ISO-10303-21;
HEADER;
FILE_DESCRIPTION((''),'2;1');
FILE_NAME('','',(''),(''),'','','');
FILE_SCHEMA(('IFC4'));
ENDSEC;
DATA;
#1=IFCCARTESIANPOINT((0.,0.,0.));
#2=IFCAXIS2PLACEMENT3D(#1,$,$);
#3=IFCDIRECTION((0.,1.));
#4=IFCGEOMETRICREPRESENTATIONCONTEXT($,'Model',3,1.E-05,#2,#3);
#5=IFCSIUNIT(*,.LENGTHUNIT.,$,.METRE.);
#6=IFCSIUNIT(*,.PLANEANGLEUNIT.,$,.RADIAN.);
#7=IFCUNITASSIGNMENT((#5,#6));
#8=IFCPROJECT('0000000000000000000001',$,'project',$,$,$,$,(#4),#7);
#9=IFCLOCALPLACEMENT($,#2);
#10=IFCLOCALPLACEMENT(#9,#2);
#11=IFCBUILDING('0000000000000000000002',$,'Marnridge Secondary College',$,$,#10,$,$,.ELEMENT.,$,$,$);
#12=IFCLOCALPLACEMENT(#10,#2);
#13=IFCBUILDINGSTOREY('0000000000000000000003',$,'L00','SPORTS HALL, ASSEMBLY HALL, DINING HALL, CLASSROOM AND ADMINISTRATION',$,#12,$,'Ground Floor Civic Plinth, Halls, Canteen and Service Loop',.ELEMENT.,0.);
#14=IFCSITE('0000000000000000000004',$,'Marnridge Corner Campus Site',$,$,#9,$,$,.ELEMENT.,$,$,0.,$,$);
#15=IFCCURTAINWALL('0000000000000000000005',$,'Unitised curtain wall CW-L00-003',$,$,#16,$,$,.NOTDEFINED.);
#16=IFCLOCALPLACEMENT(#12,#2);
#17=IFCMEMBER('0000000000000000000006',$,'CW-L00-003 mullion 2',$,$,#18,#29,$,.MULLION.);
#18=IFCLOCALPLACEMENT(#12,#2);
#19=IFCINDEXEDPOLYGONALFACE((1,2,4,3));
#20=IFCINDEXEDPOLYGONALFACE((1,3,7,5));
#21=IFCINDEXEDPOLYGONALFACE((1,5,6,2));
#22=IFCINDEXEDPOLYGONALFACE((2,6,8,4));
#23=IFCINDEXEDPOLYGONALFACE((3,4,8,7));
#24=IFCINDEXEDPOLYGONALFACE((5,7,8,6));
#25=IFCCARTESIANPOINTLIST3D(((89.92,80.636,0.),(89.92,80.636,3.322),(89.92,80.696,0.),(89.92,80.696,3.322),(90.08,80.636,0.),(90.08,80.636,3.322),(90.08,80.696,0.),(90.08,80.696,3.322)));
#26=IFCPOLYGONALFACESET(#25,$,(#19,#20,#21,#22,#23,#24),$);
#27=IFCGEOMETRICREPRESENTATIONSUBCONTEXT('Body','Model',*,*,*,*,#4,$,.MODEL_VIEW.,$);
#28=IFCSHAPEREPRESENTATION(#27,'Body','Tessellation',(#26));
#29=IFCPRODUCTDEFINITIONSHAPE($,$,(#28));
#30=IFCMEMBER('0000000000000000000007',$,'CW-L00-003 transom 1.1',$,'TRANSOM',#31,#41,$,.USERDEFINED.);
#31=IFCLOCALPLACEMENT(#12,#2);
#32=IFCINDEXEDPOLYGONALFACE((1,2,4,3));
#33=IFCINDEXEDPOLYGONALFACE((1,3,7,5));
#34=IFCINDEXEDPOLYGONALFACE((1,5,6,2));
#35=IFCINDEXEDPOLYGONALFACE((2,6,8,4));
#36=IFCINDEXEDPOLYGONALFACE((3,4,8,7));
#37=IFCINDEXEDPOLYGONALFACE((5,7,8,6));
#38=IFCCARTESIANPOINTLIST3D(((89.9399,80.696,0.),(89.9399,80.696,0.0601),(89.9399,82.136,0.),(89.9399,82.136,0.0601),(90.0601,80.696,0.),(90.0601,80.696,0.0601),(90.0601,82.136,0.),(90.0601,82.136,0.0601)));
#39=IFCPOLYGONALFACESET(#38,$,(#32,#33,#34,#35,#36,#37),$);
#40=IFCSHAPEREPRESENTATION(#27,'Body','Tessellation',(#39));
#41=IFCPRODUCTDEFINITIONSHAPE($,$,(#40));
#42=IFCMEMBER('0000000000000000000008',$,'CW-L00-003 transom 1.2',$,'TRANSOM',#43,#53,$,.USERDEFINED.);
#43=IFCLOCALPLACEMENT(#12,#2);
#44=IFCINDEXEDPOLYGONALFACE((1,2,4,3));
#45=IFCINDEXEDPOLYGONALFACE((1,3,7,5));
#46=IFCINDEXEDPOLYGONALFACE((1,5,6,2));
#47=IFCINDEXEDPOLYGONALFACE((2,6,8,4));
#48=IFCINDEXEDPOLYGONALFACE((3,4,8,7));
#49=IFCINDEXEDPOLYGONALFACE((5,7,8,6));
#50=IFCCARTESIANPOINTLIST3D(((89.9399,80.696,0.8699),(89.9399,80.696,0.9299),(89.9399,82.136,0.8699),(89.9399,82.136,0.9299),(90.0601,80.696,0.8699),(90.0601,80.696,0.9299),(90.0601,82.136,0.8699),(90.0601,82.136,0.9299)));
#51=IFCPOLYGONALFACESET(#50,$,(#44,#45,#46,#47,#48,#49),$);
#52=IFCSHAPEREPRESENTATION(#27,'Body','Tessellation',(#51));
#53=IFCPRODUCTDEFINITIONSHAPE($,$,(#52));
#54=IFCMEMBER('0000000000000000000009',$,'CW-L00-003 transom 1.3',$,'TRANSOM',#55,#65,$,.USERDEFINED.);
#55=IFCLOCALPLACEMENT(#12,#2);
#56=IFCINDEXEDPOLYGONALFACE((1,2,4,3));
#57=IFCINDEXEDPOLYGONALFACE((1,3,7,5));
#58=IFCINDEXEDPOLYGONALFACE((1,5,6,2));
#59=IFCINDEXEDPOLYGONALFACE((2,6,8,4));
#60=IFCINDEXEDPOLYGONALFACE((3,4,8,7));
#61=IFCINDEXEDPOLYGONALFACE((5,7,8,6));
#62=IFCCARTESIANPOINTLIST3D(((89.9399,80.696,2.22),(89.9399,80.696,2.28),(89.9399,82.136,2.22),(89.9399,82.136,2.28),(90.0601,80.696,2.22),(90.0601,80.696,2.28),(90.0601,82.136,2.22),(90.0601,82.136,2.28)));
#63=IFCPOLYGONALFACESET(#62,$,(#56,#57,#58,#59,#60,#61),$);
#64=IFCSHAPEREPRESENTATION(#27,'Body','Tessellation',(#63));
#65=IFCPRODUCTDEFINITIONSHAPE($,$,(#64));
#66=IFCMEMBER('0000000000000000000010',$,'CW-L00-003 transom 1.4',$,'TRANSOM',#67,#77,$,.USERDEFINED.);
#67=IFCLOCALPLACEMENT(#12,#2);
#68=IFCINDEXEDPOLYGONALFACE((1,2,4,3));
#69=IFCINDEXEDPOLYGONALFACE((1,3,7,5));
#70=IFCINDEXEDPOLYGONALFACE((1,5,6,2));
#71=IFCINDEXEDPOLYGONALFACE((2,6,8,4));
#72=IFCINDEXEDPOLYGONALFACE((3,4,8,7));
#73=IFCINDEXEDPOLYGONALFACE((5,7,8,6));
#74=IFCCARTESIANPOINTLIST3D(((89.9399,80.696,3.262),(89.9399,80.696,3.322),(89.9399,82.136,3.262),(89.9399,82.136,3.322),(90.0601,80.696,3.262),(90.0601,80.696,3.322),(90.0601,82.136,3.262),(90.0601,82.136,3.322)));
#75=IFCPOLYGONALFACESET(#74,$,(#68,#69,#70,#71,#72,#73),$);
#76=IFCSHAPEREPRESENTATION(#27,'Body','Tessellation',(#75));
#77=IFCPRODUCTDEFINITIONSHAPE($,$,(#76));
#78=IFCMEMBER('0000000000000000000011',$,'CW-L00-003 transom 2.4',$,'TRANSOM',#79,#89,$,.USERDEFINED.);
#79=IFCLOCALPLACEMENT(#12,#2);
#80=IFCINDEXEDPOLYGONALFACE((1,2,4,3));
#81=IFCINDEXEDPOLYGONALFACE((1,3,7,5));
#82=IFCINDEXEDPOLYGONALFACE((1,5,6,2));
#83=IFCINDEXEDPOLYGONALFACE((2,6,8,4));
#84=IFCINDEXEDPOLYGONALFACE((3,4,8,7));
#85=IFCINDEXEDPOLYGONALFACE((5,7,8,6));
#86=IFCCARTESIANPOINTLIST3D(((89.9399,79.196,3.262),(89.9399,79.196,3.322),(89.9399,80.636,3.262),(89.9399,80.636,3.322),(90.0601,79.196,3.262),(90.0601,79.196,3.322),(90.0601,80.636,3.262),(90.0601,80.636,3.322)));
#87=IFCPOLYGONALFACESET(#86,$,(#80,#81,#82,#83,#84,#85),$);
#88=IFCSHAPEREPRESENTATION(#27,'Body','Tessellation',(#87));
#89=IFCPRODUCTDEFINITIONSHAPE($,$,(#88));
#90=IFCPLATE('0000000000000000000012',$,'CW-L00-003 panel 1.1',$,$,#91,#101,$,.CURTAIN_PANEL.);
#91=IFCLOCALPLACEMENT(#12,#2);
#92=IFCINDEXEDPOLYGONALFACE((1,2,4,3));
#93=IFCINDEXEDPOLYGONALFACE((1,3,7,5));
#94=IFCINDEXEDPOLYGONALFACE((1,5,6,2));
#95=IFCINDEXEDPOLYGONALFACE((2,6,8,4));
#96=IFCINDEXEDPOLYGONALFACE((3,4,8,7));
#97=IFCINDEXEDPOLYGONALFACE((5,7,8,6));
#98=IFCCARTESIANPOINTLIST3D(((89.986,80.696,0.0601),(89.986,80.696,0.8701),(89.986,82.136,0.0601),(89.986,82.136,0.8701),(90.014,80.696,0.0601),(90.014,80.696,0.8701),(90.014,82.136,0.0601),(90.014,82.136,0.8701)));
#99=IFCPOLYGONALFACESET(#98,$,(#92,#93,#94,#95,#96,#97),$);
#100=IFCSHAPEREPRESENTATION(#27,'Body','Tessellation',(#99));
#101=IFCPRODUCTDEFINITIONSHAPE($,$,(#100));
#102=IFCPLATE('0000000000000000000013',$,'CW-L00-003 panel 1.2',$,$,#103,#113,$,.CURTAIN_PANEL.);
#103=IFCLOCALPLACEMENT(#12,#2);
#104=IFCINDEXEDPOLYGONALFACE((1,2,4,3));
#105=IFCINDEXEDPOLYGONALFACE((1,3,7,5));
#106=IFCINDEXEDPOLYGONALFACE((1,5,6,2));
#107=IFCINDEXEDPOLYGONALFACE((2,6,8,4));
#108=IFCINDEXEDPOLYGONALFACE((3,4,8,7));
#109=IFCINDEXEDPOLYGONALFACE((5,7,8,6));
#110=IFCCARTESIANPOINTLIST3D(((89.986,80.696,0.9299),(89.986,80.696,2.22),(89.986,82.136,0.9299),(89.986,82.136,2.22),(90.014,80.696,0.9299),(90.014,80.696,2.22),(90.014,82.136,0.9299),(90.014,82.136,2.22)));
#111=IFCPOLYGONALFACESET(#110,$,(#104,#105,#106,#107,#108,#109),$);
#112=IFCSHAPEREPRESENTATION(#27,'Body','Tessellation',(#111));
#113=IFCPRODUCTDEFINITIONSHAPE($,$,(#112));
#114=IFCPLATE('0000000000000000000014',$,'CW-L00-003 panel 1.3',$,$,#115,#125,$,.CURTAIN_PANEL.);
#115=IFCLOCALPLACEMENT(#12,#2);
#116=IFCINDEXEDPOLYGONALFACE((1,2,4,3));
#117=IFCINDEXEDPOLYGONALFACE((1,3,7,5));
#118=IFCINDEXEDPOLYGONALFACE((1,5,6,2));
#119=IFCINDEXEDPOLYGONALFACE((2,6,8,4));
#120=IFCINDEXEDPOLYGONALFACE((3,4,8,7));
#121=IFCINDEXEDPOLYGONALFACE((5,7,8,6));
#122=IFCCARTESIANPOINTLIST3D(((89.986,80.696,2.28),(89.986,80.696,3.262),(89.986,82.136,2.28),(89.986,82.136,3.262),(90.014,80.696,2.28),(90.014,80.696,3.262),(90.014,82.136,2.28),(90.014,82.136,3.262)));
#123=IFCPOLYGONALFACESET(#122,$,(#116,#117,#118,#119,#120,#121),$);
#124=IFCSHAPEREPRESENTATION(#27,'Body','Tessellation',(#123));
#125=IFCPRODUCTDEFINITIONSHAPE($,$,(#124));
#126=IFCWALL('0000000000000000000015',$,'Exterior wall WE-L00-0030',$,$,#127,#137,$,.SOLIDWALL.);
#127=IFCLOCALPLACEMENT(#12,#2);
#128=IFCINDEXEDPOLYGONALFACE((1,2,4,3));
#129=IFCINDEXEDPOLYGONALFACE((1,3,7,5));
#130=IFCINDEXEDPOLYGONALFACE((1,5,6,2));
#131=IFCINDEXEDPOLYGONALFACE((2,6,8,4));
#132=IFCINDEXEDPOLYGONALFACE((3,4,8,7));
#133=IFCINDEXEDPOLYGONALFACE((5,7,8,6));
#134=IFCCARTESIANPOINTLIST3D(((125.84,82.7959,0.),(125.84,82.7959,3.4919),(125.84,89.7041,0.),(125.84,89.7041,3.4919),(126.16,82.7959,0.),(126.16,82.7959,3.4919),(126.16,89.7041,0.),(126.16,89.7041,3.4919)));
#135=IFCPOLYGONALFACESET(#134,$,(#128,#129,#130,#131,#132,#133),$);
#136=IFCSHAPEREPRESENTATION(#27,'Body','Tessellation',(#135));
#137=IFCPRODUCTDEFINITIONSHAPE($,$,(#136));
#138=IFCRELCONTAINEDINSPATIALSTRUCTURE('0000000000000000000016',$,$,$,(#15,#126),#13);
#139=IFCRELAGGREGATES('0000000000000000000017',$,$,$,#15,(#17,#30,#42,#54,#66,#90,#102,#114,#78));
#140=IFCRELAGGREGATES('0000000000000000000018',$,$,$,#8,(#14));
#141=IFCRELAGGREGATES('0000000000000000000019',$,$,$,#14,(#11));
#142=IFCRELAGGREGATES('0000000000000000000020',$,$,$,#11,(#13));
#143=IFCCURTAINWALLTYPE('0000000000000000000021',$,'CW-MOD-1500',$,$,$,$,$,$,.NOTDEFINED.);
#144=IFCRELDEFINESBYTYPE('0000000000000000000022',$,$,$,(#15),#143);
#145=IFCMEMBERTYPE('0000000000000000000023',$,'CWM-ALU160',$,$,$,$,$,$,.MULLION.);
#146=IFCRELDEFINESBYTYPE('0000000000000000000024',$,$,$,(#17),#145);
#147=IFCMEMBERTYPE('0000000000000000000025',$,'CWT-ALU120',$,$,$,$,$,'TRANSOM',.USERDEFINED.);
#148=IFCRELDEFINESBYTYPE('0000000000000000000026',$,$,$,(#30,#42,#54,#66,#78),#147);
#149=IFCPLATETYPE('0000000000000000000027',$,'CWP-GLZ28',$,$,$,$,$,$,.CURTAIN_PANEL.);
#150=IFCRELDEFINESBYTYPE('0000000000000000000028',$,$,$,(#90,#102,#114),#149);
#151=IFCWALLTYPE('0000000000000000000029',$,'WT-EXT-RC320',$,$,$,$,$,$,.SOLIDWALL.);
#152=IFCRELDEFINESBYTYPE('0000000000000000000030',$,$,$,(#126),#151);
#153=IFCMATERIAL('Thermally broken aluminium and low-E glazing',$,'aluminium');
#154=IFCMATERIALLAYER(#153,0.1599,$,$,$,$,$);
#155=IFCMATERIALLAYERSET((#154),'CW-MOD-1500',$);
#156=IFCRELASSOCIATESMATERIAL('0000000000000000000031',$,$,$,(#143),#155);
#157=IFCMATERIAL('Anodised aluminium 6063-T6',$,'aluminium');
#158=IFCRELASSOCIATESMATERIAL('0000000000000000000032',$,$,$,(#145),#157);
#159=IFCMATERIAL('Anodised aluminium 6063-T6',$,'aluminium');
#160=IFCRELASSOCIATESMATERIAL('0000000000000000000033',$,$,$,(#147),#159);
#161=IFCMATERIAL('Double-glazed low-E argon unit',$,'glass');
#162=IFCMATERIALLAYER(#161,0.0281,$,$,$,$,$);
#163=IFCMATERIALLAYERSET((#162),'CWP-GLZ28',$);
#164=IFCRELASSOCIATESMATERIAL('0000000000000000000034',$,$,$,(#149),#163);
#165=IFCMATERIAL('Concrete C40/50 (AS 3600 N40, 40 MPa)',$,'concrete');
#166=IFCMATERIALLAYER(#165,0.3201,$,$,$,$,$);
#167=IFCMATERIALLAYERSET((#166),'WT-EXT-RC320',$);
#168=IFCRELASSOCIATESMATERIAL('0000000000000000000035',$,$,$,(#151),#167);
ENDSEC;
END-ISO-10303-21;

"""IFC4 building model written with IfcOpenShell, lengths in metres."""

from ifc_helpers import new_model, si_unit, direction, frame, frame_2d, origin, origin_2d, place, context, subcontext, project, spatial, rectangle, extrude, material, layer, layer_set, material_profile, profile_set, type_object, element, aggregate, save


model = new_model("IFC4")

# Units and contexts
model_context = context("Model", 3, precision=1e-05, world=origin(), true_north=direction((0.0, 1.0)))
body_context = subcontext(model_context, "Body", "Model", "MODEL_VIEW")
ifc_project = project(units=[si_unit("LENGTHUNIT", "METRE"), si_unit("PLANEANGLEUNIT", "RADIAN")], contexts=[model_context])

# Site, building, storey
site_placement = place(None, origin())
site = spatial("IfcSite", under=ifc_project, at=site_placement, Name="Marnridge Corner Campus Site", CompositionType="ELEMENT", RefElevation=0.0)
building_placement = place(site_placement, origin())
building = spatial("IfcBuilding", under=site, at=building_placement, Name="Marnridge Secondary College", CompositionType="ELEMENT")
storey_placement = place(building_placement, origin())
storey = spatial("IfcBuildingStorey", under=building, at=storey_placement, Name="L00", Description="SPORTS HALL, ASSEMBLY HALL, DINING HALL, CLASSROOM AND ADMINISTRATION", LongName="Ground Floor Civic Plinth, Halls, Canteen and Service Loop", CompositionType="ELEMENT", Elevation=0.0)

# Curtain wall, members, plates
ifc_material_1 = material(Name="Thermally broken aluminium and low-E glazing", Category="aluminium")
ifc_layer_1 = layer(ifc_material_1, 0.1599)
ifc_layer_set_1 = layer_set([ifc_layer_1], Name="CW-MOD-1500")
curtain_wall_type = type_object("IfcCurtainWallType", Name="CW-MOD-1500", PredefinedType="NOTDEFINED", material=ifc_layer_set_1)
curtain_wall_placement = place(storey_placement, origin())
curtain_wall = element("IfcCurtainWall", 1, at=curtain_wall_placement, inside=storey, type_object=curtain_wall_type, Name="Unitised curtain wall CW-L00-003", PredefinedType="NOTDEFINED")
ifc_material_2 = material(Name="Anodised aluminium 6063-T6", Category="aluminium")
ifc_material_profile_1 = material_profile(ifc_material_2, rectangle(XDim=0.0601, YDim=0.1599, at=origin_2d()), Name="ALU 60x160")
ifc_profile_set_1 = profile_set([ifc_material_profile_1], Name="Anodised aluminium 6063-T6")
member_type_1 = type_object("IfcMemberType", Name="CWM-ALU160", PredefinedType="MULLION", material=ifc_profile_set_1)
member_1_placement = place(storey_placement, frame((90.0, 80.666, 0.0), z_axis=(0.0, 0.0, 1.0), x_axis=(0.0, -1.0, 0.0)))
member_1 = element("IfcMember", 2, at=member_1_placement, type_object=member_type_1, Name="CW-L00-003 mullion 2", PredefinedType="MULLION", context=body_context, shape_type="SweptSolid", body=[
    extrude(rectangle(XDim=0.0601, YDim=0.1599, at=origin_2d()), origin(), (0.0, 0.0, 1.0), 3.322),
])
ifc_material_3 = material(Name="Anodised aluminium 6063-T6", Category="aluminium")
ifc_material_profile_2 = material_profile(ifc_material_3, rectangle(XDim=0.0601, YDim=0.1201, at=origin_2d()), Name="ALU 60x120")
ifc_profile_set_2 = profile_set([ifc_material_profile_2], Name="Anodised aluminium 6063-T6")
member_type_2 = type_object("IfcMemberType", Name="CWT-ALU120", ElementType="TRANSOM", PredefinedType="USERDEFINED", material=ifc_profile_set_2)
member_2_placement = place(storey_placement, frame((90.0, 82.136, 0.03), z_axis=(0.0, -1.0, 0.0), x_axis=(0.0, 0.0, 1.0)))
member_2 = element("IfcMember", 3, at=member_2_placement, type_object=member_type_2, Name="CW-L00-003 transom 1.1", ObjectType="TRANSOM", PredefinedType="USERDEFINED", context=body_context, shape_type="SweptSolid", body=[
    extrude(rectangle(XDim=0.0601, YDim=0.1201, at=origin_2d()), origin(), (0.0, 0.0, 1.0), 1.4399),
])
member_3_placement = place(storey_placement, frame((90.0, 82.136, 0.8999), z_axis=(0.0, -1.0, 0.0), x_axis=(0.0, 0.0, 1.0)))
member_3 = element("IfcMember", 4, at=member_3_placement, type_object=member_type_2, Name="CW-L00-003 transom 1.2", ObjectType="TRANSOM", PredefinedType="USERDEFINED", context=body_context, shape_type="SweptSolid", body=[
    extrude(rectangle(XDim=0.0601, YDim=0.1201, at=origin_2d()), origin(), (0.0, 0.0, 1.0), 1.4399),
])
member_4_placement = place(storey_placement, frame((90.0, 82.136, 2.25), z_axis=(0.0, -1.0, 0.0), x_axis=(0.0, 0.0, 1.0)))
member_4 = element("IfcMember", 5, at=member_4_placement, type_object=member_type_2, Name="CW-L00-003 transom 1.3", ObjectType="TRANSOM", PredefinedType="USERDEFINED", context=body_context, shape_type="SweptSolid", body=[
    extrude(rectangle(XDim=0.0601, YDim=0.1201, at=origin_2d()), origin(), (0.0, 0.0, 1.0), 1.4399),
])
member_5_placement = place(storey_placement, frame((90.0, 82.136, 3.292), z_axis=(0.0, -1.0, 0.0), x_axis=(0.0, 0.0, 1.0)))
member_5 = element("IfcMember", 6, at=member_5_placement, type_object=member_type_2, Name="CW-L00-003 transom 1.4", ObjectType="TRANSOM", PredefinedType="USERDEFINED", context=body_context, shape_type="SweptSolid", body=[
    extrude(rectangle(XDim=0.0601, YDim=0.1201, at=origin_2d()), origin(), (0.0, 0.0, 1.0), 1.4399),
])
member_6_placement = place(storey_placement, frame((90.0, 80.636, 3.292), z_axis=(0.0, -1.0, 0.0), x_axis=(0.0, 0.0, 1.0)))
member_6 = element("IfcMember", 7, at=member_6_placement, type_object=member_type_2, Name="CW-L00-003 transom 2.4", ObjectType="TRANSOM", PredefinedType="USERDEFINED", context=body_context, shape_type="SweptSolid", body=[
    extrude(rectangle(XDim=0.0601, YDim=0.1201, at=origin_2d()), origin(), (0.0, 0.0, 1.0), 1.4399),
])
ifc_material_4 = material(Name="Double-glazed low-E argon unit", Category="glass")
ifc_layer_2 = layer(ifc_material_4, 0.0281)
ifc_layer_set_2 = layer_set([ifc_layer_2], Name="CWP-GLZ28")
plate_type = type_object("IfcPlateType", Name="CWP-GLZ28", PredefinedType="CURTAIN_PANEL", material=ifc_layer_set_2)
plate_1_placement = place(storey_placement, frame((90.0, 81.416, 0.0601), z_axis=(0.0, 0.0, 1.0), x_axis=(0.0, -1.0, 0.0)))
plate_1 = element("IfcPlate", 8, at=plate_1_placement, type_object=plate_type, Name="CW-L00-003 panel 1.1", PredefinedType="CURTAIN_PANEL", context=body_context, shape_type="SweptSolid", body=[
    extrude(rectangle(XDim=1.4399, YDim=0.0281, at=origin_2d()), origin(), (0.0, 0.0, 1.0), 0.8101),
])
plate_2_placement = place(storey_placement, frame((90.0, 81.416, 0.9299), z_axis=(0.0, 0.0, 1.0), x_axis=(0.0, -1.0, 0.0)))
plate_2 = element("IfcPlate", 9, at=plate_2_placement, type_object=plate_type, Name="CW-L00-003 panel 1.2", PredefinedType="CURTAIN_PANEL", context=body_context, shape_type="SweptSolid", body=[
    extrude(rectangle(XDim=1.4399, YDim=0.0281, at=origin_2d()), origin(), (0.0, 0.0, 1.0), 1.29),
])
plate_3_placement = place(storey_placement, frame((90.0, 81.416, 2.28), z_axis=(0.0, 0.0, 1.0), x_axis=(0.0, -1.0, 0.0)))
plate_3 = element("IfcPlate", 10, at=plate_3_placement, type_object=plate_type, Name="CW-L00-003 panel 1.3", PredefinedType="CURTAIN_PANEL", context=body_context, shape_type="SweptSolid", body=[
    extrude(rectangle(XDim=1.4399, YDim=0.0281, at=origin_2d()), origin(), (0.0, 0.0, 1.0), 0.9819),
])
aggregate(curtain_wall, [member_1, member_2, member_3, member_4, member_5, plate_1, plate_2, plate_3, member_6])

# Wall
ifc_material_5 = material(Name="Concrete C40/50 (AS 3600 N40, 40 MPa)", Category="concrete")
ifc_layer_3 = layer(ifc_material_5, 0.3201)
ifc_layer_set_3 = layer_set([ifc_layer_3], Name="WT-EXT-RC320")
wall_type = type_object("IfcWallType", Name="WT-EXT-RC320", PredefinedType="SOLIDWALL", material=ifc_layer_set_3)
wall_placement = place(storey_placement, frame((126.0, 82.7959, 0.0), z_axis=(0.0, 0.0, 1.0), x_axis=(0.0, 1.0, 0.0)))
element("IfcWall", 11, at=wall_placement, inside=storey, type_object=wall_type, Name="Exterior wall WE-L00-0030", PredefinedType="SOLIDWALL", context=body_context, shape_type="SweptSolid", body=[
    extrude(rectangle(XDim=6.9082, YDim=0.3201, at=frame_2d((3.4541, 0.0))), origin(), (0.0, 0.0, 1.0), 3.4919),
])

save(model, "model.ifc")
